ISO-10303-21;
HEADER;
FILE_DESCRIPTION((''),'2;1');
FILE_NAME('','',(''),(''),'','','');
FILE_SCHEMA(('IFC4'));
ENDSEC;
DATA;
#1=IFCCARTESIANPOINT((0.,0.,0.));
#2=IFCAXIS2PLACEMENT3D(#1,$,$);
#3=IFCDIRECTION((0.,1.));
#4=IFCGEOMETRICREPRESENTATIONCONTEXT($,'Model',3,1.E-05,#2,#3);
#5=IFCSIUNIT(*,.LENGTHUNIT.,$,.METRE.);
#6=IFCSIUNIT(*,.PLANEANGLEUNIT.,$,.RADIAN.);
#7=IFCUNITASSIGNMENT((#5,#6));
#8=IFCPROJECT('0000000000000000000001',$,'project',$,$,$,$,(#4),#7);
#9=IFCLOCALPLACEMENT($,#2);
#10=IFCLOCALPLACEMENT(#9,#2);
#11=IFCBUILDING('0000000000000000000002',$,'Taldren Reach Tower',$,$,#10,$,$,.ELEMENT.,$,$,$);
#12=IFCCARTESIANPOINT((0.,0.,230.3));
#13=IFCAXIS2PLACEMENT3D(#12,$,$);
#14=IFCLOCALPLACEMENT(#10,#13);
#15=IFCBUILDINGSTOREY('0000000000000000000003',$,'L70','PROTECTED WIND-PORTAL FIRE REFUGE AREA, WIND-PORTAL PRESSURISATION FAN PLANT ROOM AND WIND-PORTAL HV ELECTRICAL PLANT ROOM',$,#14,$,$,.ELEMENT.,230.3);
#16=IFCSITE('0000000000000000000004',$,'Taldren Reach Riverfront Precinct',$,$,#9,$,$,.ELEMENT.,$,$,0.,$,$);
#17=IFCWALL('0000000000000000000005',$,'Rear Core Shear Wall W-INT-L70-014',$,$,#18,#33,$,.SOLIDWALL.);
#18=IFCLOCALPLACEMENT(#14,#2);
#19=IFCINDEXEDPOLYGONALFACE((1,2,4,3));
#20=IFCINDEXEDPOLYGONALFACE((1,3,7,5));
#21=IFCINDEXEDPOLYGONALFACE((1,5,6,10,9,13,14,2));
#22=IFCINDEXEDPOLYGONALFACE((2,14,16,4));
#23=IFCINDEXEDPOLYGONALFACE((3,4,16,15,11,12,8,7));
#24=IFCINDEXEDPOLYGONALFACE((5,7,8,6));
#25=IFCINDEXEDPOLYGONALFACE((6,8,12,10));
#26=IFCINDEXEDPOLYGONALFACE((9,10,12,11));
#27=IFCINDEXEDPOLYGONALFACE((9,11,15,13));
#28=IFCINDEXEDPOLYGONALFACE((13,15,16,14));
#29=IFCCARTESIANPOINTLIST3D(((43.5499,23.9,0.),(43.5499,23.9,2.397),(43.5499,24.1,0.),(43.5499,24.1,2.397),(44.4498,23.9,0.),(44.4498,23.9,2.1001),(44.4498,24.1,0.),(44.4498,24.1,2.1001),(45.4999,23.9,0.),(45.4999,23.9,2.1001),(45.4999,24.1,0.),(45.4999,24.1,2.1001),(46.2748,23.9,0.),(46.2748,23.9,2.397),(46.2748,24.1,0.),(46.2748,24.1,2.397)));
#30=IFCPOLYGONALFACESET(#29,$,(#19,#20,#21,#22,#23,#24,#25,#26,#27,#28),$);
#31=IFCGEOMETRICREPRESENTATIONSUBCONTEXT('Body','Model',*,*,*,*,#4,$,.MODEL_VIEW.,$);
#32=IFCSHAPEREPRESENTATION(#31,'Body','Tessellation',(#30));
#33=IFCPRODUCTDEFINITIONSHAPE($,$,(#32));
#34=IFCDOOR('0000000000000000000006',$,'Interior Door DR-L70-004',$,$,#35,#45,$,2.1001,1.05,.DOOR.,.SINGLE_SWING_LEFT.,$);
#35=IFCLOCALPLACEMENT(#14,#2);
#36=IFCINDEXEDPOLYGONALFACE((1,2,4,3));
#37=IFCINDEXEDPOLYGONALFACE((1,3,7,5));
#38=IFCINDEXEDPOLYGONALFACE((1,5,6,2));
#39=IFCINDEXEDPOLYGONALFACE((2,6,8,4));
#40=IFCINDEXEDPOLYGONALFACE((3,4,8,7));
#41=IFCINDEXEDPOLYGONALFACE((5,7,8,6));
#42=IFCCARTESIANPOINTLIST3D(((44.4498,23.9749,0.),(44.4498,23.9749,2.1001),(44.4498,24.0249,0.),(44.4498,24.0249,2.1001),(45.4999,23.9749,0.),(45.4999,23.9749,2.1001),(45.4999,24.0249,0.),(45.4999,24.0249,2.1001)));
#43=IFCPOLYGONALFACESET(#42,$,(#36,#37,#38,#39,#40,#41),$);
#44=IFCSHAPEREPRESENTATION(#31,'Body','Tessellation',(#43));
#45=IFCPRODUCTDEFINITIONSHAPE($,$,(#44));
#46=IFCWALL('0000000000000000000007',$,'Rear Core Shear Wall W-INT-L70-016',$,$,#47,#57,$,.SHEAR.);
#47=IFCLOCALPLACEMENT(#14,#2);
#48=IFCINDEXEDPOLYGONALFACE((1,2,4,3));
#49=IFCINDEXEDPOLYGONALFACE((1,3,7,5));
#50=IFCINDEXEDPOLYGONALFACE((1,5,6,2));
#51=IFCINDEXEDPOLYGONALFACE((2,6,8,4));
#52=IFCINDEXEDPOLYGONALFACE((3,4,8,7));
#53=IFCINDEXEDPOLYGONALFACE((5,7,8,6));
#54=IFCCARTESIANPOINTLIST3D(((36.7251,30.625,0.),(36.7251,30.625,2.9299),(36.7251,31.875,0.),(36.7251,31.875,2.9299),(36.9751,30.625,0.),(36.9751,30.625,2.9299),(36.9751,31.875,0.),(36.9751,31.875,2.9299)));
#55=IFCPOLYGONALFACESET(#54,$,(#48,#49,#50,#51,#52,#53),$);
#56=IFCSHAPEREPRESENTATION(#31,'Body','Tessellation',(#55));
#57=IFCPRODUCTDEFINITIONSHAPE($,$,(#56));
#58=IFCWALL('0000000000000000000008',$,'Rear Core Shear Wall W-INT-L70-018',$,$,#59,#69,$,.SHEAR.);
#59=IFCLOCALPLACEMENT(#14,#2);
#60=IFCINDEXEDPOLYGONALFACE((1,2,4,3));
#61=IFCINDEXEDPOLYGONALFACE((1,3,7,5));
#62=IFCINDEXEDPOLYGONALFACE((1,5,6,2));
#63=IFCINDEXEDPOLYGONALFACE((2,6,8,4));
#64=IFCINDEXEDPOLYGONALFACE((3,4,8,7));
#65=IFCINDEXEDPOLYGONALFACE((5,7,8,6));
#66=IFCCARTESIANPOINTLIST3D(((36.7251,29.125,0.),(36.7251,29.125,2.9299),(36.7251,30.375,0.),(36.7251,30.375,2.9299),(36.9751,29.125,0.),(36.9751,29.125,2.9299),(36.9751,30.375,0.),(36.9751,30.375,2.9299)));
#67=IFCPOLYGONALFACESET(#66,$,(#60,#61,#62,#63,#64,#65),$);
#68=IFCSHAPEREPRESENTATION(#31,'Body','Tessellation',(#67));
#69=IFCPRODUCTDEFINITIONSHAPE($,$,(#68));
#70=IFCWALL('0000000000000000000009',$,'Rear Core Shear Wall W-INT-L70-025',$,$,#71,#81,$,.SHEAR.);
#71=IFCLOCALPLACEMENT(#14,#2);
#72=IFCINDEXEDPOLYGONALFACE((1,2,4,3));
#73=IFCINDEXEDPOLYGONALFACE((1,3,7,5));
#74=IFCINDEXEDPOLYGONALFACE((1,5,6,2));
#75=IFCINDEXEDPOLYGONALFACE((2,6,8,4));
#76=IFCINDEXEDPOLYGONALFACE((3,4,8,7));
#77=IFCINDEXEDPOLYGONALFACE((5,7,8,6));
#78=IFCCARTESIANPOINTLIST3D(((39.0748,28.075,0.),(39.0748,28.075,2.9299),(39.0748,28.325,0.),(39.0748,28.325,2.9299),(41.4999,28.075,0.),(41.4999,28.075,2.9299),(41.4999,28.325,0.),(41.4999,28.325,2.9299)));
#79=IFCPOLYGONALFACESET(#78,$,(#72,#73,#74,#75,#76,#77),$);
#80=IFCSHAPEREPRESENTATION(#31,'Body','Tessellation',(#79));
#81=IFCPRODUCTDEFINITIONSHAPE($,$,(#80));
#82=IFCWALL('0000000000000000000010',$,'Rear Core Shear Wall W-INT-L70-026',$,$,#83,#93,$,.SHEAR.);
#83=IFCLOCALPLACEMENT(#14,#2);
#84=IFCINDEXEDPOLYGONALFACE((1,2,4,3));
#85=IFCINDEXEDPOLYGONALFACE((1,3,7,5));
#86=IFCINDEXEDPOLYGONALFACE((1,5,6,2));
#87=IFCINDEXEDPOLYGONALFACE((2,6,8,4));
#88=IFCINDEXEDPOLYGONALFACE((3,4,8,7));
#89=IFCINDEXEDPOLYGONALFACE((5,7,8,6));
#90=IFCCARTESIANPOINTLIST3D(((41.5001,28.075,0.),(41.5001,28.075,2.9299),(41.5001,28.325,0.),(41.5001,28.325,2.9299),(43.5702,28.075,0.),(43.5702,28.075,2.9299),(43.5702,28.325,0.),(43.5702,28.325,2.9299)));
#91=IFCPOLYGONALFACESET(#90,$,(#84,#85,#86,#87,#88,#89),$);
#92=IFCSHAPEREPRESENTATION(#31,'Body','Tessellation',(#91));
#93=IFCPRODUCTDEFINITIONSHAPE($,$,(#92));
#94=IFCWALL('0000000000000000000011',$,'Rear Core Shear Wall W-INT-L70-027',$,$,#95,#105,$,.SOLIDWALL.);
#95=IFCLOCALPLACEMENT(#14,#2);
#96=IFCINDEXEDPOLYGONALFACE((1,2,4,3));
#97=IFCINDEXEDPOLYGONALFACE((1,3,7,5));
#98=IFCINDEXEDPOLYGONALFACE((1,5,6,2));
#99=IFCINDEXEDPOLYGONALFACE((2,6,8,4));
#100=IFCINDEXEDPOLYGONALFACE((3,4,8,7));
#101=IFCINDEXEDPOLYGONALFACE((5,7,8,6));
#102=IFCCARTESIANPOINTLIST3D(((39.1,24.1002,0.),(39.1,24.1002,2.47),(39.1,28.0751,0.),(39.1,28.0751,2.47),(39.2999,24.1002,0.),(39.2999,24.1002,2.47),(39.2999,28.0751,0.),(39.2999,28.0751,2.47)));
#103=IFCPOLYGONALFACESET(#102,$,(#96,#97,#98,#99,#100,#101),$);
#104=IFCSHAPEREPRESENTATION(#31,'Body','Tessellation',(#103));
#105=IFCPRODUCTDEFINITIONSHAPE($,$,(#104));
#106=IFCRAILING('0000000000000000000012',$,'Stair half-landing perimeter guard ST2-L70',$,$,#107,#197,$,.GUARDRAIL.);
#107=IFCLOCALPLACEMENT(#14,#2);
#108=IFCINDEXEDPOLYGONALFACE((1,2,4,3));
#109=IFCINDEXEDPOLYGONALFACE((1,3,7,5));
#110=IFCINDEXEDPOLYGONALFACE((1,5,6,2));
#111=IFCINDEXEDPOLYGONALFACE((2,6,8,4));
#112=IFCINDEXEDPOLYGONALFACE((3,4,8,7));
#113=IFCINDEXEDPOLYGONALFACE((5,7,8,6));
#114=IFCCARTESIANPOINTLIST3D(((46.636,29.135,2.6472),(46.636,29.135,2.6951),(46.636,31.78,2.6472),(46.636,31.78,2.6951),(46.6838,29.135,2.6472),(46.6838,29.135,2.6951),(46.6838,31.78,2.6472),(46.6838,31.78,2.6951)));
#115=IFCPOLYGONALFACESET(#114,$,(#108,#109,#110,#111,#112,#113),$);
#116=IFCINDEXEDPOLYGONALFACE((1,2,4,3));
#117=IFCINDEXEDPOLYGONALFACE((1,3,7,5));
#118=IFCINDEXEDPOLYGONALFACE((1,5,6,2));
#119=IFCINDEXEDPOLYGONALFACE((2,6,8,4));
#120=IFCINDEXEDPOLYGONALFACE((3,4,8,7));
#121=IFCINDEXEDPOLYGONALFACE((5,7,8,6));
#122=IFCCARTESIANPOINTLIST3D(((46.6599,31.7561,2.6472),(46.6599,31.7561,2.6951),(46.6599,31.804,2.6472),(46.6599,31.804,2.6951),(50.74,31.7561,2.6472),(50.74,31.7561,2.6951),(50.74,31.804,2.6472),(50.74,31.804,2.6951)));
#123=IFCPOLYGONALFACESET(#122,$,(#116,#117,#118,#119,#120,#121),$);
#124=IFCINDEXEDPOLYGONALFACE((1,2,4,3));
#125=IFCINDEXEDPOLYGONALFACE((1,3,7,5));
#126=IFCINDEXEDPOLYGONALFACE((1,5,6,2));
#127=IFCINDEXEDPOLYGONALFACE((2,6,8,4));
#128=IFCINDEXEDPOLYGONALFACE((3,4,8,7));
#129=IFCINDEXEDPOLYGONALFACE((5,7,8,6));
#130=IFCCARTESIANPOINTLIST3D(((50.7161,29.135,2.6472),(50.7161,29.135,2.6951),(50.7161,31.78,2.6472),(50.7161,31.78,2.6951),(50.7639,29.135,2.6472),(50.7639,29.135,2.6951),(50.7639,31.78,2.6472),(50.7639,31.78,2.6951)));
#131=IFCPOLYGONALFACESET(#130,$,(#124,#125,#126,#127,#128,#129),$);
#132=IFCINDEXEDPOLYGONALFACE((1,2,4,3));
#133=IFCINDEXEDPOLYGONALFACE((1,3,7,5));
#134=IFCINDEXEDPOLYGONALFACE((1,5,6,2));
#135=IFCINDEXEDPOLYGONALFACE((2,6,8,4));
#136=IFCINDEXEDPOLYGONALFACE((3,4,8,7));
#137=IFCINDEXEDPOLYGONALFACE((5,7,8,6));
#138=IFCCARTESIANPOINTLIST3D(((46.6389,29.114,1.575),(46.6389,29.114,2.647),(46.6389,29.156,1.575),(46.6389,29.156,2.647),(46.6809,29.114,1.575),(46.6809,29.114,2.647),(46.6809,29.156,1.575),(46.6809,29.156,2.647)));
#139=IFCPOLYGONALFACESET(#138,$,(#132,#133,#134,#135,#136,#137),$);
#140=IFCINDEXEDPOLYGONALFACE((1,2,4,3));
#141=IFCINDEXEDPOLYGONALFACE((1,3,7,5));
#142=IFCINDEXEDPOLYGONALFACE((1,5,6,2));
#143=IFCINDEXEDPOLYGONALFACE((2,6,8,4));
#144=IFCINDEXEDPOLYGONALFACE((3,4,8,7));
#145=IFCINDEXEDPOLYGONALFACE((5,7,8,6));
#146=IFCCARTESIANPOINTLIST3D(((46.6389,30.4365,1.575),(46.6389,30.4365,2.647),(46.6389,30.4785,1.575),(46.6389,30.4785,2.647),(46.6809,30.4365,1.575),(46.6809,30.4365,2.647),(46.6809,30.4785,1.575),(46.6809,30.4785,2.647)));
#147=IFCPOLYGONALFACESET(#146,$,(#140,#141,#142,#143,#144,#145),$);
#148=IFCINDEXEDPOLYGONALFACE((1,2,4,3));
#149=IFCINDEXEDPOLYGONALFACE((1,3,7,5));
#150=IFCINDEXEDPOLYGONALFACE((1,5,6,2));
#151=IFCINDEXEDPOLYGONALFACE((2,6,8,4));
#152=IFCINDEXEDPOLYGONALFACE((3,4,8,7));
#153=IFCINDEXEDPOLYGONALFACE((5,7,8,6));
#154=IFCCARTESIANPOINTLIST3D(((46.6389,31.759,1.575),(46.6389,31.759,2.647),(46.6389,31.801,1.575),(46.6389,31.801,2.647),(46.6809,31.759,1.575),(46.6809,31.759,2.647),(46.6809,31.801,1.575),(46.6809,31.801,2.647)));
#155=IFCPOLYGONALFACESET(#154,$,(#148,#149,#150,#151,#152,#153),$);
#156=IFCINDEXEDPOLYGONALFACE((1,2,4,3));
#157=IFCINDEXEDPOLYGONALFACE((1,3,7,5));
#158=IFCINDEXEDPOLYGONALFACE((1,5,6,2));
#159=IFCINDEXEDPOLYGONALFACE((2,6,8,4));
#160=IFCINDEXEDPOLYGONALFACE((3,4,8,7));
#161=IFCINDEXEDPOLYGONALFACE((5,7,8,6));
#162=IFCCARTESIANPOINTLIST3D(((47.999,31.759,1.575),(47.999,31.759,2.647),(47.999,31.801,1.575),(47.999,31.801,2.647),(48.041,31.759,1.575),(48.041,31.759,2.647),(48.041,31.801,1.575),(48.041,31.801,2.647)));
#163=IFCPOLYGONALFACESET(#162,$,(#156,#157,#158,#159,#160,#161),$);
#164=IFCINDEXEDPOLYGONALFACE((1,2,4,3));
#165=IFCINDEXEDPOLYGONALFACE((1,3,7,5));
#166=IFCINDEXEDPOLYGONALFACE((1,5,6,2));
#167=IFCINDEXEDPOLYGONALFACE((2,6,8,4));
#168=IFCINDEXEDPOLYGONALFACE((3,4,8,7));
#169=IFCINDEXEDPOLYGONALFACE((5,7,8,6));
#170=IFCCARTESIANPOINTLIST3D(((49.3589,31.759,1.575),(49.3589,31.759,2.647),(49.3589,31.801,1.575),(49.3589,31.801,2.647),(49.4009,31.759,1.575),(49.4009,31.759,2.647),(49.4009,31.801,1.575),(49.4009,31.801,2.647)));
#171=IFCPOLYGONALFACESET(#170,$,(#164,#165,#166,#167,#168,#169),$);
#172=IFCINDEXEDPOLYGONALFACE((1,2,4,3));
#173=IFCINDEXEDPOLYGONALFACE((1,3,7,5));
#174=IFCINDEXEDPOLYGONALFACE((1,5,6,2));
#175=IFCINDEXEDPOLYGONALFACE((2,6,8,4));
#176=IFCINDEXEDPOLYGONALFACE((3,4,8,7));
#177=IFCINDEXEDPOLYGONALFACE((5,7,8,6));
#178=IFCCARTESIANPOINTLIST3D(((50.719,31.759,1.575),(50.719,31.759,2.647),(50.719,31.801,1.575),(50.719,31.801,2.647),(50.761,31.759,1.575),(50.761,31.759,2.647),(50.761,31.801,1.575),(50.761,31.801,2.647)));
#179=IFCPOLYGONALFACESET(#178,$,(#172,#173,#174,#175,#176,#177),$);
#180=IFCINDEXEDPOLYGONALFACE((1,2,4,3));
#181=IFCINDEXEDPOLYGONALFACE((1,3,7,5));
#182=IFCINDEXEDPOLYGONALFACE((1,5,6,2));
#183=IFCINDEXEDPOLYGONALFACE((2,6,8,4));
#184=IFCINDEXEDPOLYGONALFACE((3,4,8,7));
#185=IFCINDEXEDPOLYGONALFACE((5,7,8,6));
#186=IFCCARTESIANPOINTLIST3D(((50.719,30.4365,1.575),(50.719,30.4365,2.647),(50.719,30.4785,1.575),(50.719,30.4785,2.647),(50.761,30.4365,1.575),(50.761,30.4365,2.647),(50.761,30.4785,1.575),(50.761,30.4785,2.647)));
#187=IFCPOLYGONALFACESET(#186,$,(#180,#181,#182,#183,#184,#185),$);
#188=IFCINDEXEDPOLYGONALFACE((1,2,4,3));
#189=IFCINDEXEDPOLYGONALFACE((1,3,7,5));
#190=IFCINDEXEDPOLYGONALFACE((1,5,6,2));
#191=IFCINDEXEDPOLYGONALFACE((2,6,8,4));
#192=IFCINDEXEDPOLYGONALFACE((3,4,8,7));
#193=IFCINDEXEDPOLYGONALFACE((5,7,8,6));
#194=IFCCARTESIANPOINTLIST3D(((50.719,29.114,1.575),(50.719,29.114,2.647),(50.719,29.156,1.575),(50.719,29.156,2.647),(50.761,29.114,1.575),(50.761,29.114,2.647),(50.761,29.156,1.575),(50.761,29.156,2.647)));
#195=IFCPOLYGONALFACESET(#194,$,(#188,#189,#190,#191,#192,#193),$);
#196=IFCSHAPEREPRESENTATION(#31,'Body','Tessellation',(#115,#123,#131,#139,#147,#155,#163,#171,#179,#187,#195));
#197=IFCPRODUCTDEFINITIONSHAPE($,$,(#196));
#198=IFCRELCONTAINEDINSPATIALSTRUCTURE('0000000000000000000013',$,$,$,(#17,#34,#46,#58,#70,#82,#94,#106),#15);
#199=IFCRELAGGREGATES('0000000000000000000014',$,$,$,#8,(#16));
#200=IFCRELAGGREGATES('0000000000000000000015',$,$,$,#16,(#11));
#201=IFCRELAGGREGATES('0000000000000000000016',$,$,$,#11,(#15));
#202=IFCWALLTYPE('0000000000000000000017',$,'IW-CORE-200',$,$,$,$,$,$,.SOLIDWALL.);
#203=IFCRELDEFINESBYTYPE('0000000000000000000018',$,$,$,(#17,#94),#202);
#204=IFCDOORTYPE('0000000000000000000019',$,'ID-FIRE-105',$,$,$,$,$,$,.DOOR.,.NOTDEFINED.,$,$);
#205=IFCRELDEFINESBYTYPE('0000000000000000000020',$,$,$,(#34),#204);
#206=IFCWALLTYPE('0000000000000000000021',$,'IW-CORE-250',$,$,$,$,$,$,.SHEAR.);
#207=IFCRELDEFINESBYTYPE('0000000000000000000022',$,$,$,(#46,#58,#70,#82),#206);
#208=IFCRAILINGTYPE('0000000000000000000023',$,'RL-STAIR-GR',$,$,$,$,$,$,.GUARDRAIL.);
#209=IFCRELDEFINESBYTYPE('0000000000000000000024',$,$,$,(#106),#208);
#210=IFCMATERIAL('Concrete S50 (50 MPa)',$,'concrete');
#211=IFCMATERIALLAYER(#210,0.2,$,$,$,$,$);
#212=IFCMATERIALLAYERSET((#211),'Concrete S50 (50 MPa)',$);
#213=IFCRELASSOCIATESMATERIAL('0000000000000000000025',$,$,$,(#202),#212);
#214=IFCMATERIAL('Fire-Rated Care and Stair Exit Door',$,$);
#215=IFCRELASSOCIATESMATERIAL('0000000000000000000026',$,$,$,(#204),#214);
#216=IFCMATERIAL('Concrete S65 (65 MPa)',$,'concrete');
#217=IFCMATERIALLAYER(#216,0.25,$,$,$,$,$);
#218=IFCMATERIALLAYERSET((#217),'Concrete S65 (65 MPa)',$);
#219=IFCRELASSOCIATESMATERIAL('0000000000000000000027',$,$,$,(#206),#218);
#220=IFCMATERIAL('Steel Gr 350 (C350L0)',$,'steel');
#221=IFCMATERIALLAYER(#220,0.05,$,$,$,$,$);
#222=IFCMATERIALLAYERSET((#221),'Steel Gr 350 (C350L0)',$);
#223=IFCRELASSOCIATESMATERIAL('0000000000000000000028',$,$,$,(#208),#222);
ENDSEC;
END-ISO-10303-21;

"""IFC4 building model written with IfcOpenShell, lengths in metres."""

from ifc_helpers import new_model, si_unit, direction, frame, frame_2d, origin, origin_2d, place, context, subcontext, project, spatial, rectangle, extrude, source, transform, mapped, material, layer, layer_set, type_object, element, fill, save


model = new_model("IFC4")

# Units and contexts
model_context = context("Model", 3, precision=1e-05, world=origin(), true_north=direction((0.0, 1.0)))
body_context = subcontext(model_context, "Body", "Model", "MODEL_VIEW")
ifc_project = project(units=[si_unit("LENGTHUNIT", "METRE"), si_unit("PLANEANGLEUNIT", "RADIAN")], contexts=[model_context])

# Site, building, storey
site_placement = place(None, origin())
site = spatial("IfcSite", under=ifc_project, at=site_placement, Name="Taldren Reach Riverfront Precinct", CompositionType="ELEMENT", RefElevation=0.0)
building_placement = place(site_placement, origin())
building = spatial("IfcBuilding", under=site, at=building_placement, Name="Taldren Reach Tower", CompositionType="ELEMENT")
storey_placement = place(building_placement, frame((0.0, 0.0, 230.3)))
storey = spatial("IfcBuildingStorey", under=building, at=storey_placement, Name="L70", Description="PROTECTED WIND-PORTAL FIRE REFUGE AREA, WIND-PORTAL PRESSURISATION FAN PLANT ROOM AND WIND-PORTAL HV ELECTRICAL PLANT ROOM", CompositionType="ELEMENT", Elevation=230.3)

# Shared definitions
ifc_material_1 = material(Name="Steel Gr 350 (C350L0)", Category="steel")

# Shared definitions
ifc_material_2 = material(Name="Concrete S50 (50 MPa)", Category="concrete")
ifc_layer_1 = layer(ifc_material_2, 0.2)
ifc_layer_set_1 = layer_set([ifc_layer_1], Name="Concrete S50 (50 MPa)")
wall_type_1 = type_object("IfcWallType", Name="IW-CORE-200", PredefinedType="SOLIDWALL", material=ifc_layer_set_1)
shared_shape_1 = source(origin(), body_context, "Body", "SweptSolid", [
    extrude(rectangle(XDim=1.05, YDim=2.1001, at=frame_2d((0.5249, 1.05))), frame((0.0, 0.1099, 0.0), z_axis=(0.0, -1.0, 0.0), x_axis=(1.0, 0.0, 0.0)), (0.0, 0.0, 1.0), 0.22),
])
ifc_material_3 = material(Name="Fire-Rated Care and Stair Exit Door")
door_type_1 = type_object("IfcDoorType", Name="ID-FIRE-105", OperationType="NOTDEFINED", PredefinedType="DOOR", material=ifc_material_3)
shared_shape_2 = source(origin(), body_context, "Body", "SweptSolid", [
    extrude(rectangle(XDim=1.05, YDim=2.1001, at=frame_2d((0.5249, 1.05))), frame((0.0, 0.0249, 0.0), z_axis=(0.0, -1.0, 0.0), x_axis=(1.0, 0.0, 0.0)), (0.0, 0.0, 1.0), 0.05),
])

# Shared definitions
ifc_material_4 = material(Name="Concrete S65 (65 MPa)", Category="concrete")
ifc_layer_2 = layer(ifc_material_4, 0.25)
ifc_layer_set_2 = layer_set([ifc_layer_2], Name="Concrete S65 (65 MPa)")
wall_type_2 = type_object("IfcWallType", Name="IW-CORE-250", PredefinedType="SHEAR", material=ifc_layer_set_2)

# Wall, opening, door
shared_shape_3 = source(origin(), body_context, "Body", "SweptSolid", [
    extrude(rectangle(XDim=2.7249, YDim=0.2, at=frame_2d((1.3623, 0.0))), origin(), (0.0, 0.0, 1.0), 2.397),
])
wall_1_placement = place(storey_placement, frame((43.55, 24.0, 0.0), z_axis=(0.0, 0.0, 1.0), x_axis=(1.0, 0.0, 0.0)))
wall_1 = element("IfcWall", 1, at=wall_1_placement, inside=storey, type_object=wall_type_1, Name="Rear Core Shear Wall W-INT-L70-014", PredefinedType="SOLIDWALL", context=body_context, shape_type="MappedRepresentation", body=[
    mapped(shared_shape_3, transform((0.0, 0.0, 0.0), scale=1.0)),
])
opening_1_placement = place(wall_1_placement, frame((0.8999, 0.0, 0.0)))
opening_1 = element("IfcOpeningElement", 2, at=opening_1_placement, cuts=wall_1, PredefinedType="OPENING", context=body_context, shape_type="MappedRepresentation", body=[
    mapped(shared_shape_1, transform((0.0, 0.0, 0.0), scale=1.0)),
])
door_1_placement = place(opening_1_placement, origin())
door_1 = element("IfcDoor", 3, at=door_1_placement, inside=storey, type_object=door_type_1, Name="Interior Door DR-L70-004", OperationType="SINGLE_SWING_LEFT", OverallHeight=2.1001, OverallWidth=1.05, PredefinedType="DOOR", context=body_context, shape_type="MappedRepresentation", body=[
    mapped(shared_shape_2, transform((0.0, 0.0, 0.0), scale=1.0)),
])
fill(opening_1, door_1)

# Walls
shared_shape_4 = source(origin(), body_context, "Body", "SweptSolid", [
    extrude(rectangle(XDim=1.25, YDim=0.25, at=frame_2d((0.625, 0.0))), origin(), (0.0, 0.0, 1.0), 2.9299),
])
for number, where, z_axis, x_axis, name in (
    (4, (36.8501, 30.625, 0.0), (0.0, 0.0, 1.0), (0.0, 1.0, 0.0), "Rear Core Shear Wall W-INT-L70-016"),
    (5, (36.8501, 29.125, 0.0), (0.0, 0.0, 1.0), (0.0, 1.0, 0.0), "Rear Core Shear Wall W-INT-L70-018"),
):
    element("IfcWall", number, at=place(storey_placement, frame(where, z_axis=z_axis, x_axis=x_axis)), inside=storey, type_object=wall_type_2, Name=name, PredefinedType="SHEAR", context=body_context, shape_type="MappedRepresentation", body=[
        mapped(shared_shape_4, transform((0.0, 0.0, 0.0), scale=1.0)),
    ])
shared_shape_5 = source(origin(), body_context, "Body", "SweptSolid", [
    extrude(rectangle(XDim=2.425, YDim=0.25, at=frame_2d((1.2124, 0.0))), origin(), (0.0, 0.0, 1.0), 2.9299),
])
wall_2_placement = place(storey_placement, frame((39.075, 28.2, 0.0), z_axis=(0.0, 0.0, 1.0), x_axis=(1.0, 0.0, 0.0)))
element("IfcWall", 6, at=wall_2_placement, inside=storey, type_object=wall_type_2, Name="Rear Core Shear Wall W-INT-L70-025", PredefinedType="SHEAR", context=body_context, shape_type="MappedRepresentation", body=[
    mapped(shared_shape_5, transform((0.0, 0.0, 0.0), scale=1.0)),
])
shared_shape_6 = source(origin(), body_context, "Body", "SweptSolid", [
    extrude(rectangle(XDim=2.0701, YDim=0.25, at=frame_2d((1.0352, 0.0))), origin(), (0.0, 0.0, 1.0), 2.9299),
])
wall_3_placement = place(storey_placement, frame((41.5, 28.2, 0.0), z_axis=(0.0, 0.0, 1.0), x_axis=(1.0, 0.0, 0.0)))
element("IfcWall", 7, at=wall_3_placement, inside=storey, type_object=wall_type_2, Name="Rear Core Shear Wall W-INT-L70-026", PredefinedType="SHEAR", context=body_context, shape_type="MappedRepresentation", body=[
    mapped(shared_shape_6, transform((0.0, 0.0, 0.0), scale=1.0)),
])
shared_shape_7 = source(origin(), body_context, "Body", "SweptSolid", [
    extrude(rectangle(XDim=3.9749, YDim=0.2, at=frame_2d((1.9873, 0.0))), origin(), (0.0, 0.0, 1.0), 2.47),
])
wall_4_placement = place(storey_placement, frame((39.2, 28.075, 0.0), z_axis=(0.0, 0.0, 1.0), x_axis=(0.0, -1.0, 0.0)))
element("IfcWall", 8, at=wall_4_placement, inside=storey, type_object=wall_type_1, Name="Rear Core Shear Wall W-INT-L70-027", PredefinedType="SOLIDWALL", context=body_context, shape_type="MappedRepresentation", body=[
    mapped(shared_shape_7, transform((0.0, 0.0, 0.0), scale=1.0)),
])

# Railing
ifc_layer_3 = layer(ifc_material_1, 0.05)
ifc_layer_set_3 = layer_set([ifc_layer_3], Name="Steel Gr 350 (C350L0)")
railing_type_1 = type_object("IfcRailingType", Name="RL-STAIR-GR", PredefinedType="GUARDRAIL", material=ifc_layer_set_3)
railing_1_placement = place(storey_placement, frame((46.6599, 29.135, 1.575)))
element("IfcRailing", 9, at=railing_1_placement, inside=storey, type_object=railing_type_1, Name="Stair half-landing perimeter guard ST2-L70", PredefinedType="GUARDRAIL", context=body_context, shape_type="SweptSolid", body=[
    extrude(rectangle(XDim=0.0479, YDim=0.0479, at=origin_2d()), frame((0.0, 0.0, 1.0962), z_axis=(0.0, 1.0, 0.0), x_axis=(-1.0, 0.0, 0.0)), (0.0, 0.0, 1.0), 2.645),
    extrude(rectangle(XDim=0.0479, YDim=0.0479, at=origin_2d()), frame((0.0, 2.645, 1.0962), z_axis=(1.0, 0.0, 0.0), x_axis=(0.0, 1.0, 0.0)), (0.0, 0.0, 1.0), 4.0801),
    extrude(rectangle(XDim=0.0479, YDim=0.0479, at=origin_2d()), frame((4.0801, 2.645, 1.0962), z_axis=(0.0, -1.0, 0.0), x_axis=(1.0, 0.0, 0.0)), (0.0, 0.0, 1.0), 2.645),
    extrude(rectangle(XDim=0.042, YDim=0.042, at=origin_2d()), origin(), (0.0, 0.0, 1.0), 1.072),
    extrude(rectangle(XDim=0.042, YDim=0.042, at=origin_2d()), frame((0.0, 1.3225, 0.0)), (0.0, 0.0, 1.0), 1.072),
    extrude(rectangle(XDim=0.042, YDim=0.042, at=origin_2d()), frame((0.0, 2.645, 0.0)), (0.0, 0.0, 1.0), 1.072),
    extrude(rectangle(XDim=0.042, YDim=0.042, at=origin_2d()), frame((1.3601, 2.645, 0.0)), (0.0, 0.0, 1.0), 1.072),
    extrude(rectangle(XDim=0.042, YDim=0.042, at=origin_2d()), frame((2.72, 2.645, 0.0)), (0.0, 0.0, 1.0), 1.072),
    extrude(rectangle(XDim=0.042, YDim=0.042, at=origin_2d()), frame((4.0801, 2.645, 0.0)), (0.0, 0.0, 1.0), 1.072),
    extrude(rectangle(XDim=0.042, YDim=0.042, at=origin_2d()), frame((4.0801, 1.3225, 0.0)), (0.0, 0.0, 1.0), 1.072),
    extrude(rectangle(XDim=0.042, YDim=0.042, at=origin_2d()), frame((4.0801, 0.0, 0.0)), (0.0, 0.0, 1.0), 1.072),
])

save(model, "model.ifc")
